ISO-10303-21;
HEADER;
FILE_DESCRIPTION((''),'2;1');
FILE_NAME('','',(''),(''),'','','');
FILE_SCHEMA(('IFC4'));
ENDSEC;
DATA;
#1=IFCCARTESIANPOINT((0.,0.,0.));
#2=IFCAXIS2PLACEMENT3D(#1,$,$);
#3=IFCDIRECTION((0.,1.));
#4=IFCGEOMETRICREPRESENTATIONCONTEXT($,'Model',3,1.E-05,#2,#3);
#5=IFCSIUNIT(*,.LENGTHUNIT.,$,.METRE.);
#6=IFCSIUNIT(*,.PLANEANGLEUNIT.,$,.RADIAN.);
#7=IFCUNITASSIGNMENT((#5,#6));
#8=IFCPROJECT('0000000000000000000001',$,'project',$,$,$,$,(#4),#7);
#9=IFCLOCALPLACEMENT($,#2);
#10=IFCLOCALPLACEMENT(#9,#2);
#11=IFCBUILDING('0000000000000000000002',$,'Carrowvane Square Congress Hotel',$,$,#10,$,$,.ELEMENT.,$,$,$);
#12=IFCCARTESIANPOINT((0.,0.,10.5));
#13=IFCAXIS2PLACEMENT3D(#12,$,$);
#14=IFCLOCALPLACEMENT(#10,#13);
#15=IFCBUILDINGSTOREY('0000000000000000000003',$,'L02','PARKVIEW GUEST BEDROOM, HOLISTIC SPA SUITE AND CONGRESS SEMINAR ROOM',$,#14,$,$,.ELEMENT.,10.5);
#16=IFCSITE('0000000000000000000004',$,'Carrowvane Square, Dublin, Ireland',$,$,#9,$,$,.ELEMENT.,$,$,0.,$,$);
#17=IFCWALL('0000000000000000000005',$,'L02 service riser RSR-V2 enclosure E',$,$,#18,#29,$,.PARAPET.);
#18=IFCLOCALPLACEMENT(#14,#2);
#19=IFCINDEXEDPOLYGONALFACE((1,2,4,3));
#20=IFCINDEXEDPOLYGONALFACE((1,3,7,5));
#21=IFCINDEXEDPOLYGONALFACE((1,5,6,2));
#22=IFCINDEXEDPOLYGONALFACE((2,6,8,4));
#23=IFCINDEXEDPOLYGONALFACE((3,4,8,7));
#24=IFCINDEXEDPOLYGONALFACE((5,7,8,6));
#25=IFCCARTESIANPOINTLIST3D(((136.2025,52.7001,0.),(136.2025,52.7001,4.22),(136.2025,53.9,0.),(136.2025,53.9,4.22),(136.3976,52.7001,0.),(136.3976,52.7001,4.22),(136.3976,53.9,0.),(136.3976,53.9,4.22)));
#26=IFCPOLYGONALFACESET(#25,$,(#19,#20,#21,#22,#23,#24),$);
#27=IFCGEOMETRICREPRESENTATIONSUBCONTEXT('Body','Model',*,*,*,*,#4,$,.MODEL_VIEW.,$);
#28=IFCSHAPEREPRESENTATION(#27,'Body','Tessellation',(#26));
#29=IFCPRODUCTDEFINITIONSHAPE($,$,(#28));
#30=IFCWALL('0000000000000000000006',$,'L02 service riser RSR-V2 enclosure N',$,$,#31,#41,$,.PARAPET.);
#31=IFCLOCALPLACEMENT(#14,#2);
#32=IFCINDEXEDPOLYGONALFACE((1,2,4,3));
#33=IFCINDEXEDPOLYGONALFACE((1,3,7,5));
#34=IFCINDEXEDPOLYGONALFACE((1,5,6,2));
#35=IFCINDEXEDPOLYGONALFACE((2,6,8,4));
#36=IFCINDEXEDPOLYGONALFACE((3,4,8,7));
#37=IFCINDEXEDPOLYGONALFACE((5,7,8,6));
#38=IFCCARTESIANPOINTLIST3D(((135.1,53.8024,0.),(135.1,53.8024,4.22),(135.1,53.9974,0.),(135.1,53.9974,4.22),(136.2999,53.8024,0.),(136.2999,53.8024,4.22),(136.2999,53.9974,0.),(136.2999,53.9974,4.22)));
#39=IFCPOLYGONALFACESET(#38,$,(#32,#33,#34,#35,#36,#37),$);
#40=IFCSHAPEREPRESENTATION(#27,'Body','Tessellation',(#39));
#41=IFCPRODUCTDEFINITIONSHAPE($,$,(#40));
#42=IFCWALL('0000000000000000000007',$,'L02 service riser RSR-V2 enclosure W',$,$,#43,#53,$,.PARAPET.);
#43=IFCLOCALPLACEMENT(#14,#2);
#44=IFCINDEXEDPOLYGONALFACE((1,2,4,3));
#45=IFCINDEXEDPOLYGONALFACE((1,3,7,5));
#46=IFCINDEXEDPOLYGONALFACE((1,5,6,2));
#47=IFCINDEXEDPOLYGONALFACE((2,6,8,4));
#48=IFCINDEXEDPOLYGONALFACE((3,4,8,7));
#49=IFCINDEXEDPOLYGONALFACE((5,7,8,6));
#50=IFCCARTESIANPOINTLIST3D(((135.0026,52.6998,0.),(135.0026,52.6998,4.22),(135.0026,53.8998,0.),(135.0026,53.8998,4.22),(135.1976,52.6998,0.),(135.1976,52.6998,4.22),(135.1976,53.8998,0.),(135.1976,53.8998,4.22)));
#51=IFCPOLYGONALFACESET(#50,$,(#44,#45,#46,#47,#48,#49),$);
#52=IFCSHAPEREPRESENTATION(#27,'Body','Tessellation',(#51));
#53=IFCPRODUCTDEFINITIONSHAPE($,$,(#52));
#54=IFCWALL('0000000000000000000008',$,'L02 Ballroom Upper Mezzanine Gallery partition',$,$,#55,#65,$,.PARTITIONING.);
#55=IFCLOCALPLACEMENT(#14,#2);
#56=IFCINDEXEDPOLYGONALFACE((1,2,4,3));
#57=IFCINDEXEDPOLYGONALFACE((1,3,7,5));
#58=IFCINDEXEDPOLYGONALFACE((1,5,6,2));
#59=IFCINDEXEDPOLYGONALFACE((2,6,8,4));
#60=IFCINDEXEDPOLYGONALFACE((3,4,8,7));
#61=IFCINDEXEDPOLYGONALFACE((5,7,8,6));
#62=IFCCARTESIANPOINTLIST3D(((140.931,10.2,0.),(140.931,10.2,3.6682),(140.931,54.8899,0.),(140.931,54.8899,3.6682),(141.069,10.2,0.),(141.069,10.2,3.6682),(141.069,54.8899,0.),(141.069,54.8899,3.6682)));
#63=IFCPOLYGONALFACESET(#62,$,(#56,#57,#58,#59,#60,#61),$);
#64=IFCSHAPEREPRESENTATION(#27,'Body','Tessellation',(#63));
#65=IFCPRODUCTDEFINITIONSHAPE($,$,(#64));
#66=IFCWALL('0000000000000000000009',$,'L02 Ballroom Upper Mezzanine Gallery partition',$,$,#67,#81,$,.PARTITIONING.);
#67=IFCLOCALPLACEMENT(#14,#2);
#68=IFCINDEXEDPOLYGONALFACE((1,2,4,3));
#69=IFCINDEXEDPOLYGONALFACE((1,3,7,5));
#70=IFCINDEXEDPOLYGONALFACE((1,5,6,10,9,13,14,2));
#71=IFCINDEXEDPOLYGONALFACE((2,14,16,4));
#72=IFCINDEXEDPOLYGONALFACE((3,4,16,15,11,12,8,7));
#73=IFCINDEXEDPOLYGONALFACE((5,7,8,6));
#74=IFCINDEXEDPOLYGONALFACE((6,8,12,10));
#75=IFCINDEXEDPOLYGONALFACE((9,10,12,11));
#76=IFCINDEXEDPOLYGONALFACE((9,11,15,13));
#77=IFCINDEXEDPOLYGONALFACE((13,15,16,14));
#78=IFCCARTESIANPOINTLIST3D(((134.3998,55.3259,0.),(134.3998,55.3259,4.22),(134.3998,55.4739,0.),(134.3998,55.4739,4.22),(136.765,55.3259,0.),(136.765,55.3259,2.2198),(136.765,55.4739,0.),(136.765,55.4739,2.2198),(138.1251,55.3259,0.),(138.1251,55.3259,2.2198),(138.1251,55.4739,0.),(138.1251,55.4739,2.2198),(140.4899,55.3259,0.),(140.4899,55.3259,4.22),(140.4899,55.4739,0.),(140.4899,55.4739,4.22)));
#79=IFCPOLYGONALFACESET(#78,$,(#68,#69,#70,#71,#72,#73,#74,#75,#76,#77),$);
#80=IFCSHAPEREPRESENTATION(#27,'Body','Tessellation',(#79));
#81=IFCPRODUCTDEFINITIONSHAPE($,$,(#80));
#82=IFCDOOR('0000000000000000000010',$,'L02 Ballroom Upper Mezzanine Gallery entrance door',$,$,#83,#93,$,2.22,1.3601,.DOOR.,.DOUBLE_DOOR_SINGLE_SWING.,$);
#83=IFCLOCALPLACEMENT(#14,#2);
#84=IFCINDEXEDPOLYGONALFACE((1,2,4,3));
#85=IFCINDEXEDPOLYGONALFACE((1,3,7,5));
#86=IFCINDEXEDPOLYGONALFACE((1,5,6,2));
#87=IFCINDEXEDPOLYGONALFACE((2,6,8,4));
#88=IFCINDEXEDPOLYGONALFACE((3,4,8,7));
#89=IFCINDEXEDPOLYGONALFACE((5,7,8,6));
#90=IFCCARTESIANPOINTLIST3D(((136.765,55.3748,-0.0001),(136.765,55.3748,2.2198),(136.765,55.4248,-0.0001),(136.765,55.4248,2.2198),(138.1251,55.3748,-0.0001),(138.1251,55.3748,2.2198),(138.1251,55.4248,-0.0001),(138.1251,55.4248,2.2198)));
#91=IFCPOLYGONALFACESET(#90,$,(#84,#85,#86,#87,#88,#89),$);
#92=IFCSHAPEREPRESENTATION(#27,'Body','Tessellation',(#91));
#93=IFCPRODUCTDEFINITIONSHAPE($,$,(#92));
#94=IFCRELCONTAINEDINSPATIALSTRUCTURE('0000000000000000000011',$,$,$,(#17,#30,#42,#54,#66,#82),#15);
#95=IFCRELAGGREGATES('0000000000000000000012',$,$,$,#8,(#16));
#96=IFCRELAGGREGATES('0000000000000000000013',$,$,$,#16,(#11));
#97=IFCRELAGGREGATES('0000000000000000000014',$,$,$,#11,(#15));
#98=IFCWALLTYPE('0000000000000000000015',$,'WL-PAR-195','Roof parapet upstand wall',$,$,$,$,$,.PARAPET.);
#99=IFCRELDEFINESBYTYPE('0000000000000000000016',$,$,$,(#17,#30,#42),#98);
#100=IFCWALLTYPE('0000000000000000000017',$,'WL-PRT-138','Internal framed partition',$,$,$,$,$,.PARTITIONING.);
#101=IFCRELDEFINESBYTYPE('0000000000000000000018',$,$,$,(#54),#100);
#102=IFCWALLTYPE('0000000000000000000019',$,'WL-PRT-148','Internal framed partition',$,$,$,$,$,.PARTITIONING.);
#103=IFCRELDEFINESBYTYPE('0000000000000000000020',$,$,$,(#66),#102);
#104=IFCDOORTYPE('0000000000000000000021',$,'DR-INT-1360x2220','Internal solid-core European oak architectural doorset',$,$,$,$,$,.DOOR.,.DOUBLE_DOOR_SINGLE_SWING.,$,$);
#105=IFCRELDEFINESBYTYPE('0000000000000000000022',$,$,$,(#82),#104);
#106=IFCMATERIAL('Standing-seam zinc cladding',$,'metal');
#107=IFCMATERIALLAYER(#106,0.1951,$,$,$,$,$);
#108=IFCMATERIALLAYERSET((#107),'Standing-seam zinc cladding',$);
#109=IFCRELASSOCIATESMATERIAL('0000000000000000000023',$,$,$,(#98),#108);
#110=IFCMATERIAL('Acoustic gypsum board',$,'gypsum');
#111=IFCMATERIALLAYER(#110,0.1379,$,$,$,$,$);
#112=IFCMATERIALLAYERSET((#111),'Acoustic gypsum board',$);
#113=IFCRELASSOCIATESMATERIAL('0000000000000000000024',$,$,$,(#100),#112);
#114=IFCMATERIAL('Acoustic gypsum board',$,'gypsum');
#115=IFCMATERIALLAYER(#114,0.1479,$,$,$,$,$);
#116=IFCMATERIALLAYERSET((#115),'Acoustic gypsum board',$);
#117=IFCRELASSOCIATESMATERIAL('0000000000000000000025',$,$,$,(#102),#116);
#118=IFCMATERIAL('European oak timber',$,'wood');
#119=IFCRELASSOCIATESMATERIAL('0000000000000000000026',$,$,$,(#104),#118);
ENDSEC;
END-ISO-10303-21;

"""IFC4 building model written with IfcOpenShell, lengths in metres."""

from ifc_helpers import new_model, si_unit, direction, frame, frame_2d, origin, place, context, subcontext, project, spatial, rectangle, extrude, material, layer, layer_set, type_object, element, fill, save


model = new_model("IFC4")

# Units and contexts
model_context = context("Model", 3, precision=1e-05, world=origin(), true_north=direction((0.0, 1.0)))
body_context = subcontext(model_context, "Body", "Model", "MODEL_VIEW")
ifc_project = project(units=[si_unit("LENGTHUNIT", "METRE"), si_unit("PLANEANGLEUNIT", "RADIAN")], contexts=[model_context])

# Site, building, storey
site_placement = place(None, origin())
site = spatial("IfcSite", under=ifc_project, at=site_placement, Name="Carrowvane Square, Dublin, Ireland", CompositionType="ELEMENT", RefElevation=0.0)
building_placement = place(site_placement, origin())
building = spatial("IfcBuilding", under=site, at=building_placement, Name="Carrowvane Square Congress Hotel", CompositionType="ELEMENT")
storey_placement = place(building_placement, frame((0.0, 0.0, 10.5)))
storey = spatial("IfcBuildingStorey", under=building, at=storey_placement, Name="L02", Description="PARKVIEW GUEST BEDROOM, HOLISTIC SPA SUITE AND CONGRESS SEMINAR ROOM", CompositionType="ELEMENT", Elevation=10.5)

# Walls
ifc_material_1 = material(Name="Standing-seam zinc cladding", Category="metal")
ifc_layer_1 = layer(ifc_material_1, 0.1951)
ifc_layer_set_1 = layer_set([ifc_layer_1], Name="Standing-seam zinc cladding")
wall_type_1 = type_object("IfcWallType", Name="WL-PAR-195", Description="Roof parapet upstand wall", PredefinedType="PARAPET", material=ifc_layer_set_1)
for number, where, z_axis, x_axis, name in (
    (1, (136.3, 52.7, 0.0), (0.0, 0.0, 1.0), (0.0, 1.0, 0.0), "L02 service riser RSR-V2 enclosure E"),
    (2, (136.3, 53.8999, 0.0), (0.0, 0.0, 1.0), (-1.0, 0.0, 0.0), "L02 service riser RSR-V2 enclosure N"),
    (3, (135.1001, 53.8999, 0.0), (0.0, 0.0, 1.0), (0.0, -1.0, 0.0), "L02 service riser RSR-V2 enclosure W"),
):
    element("IfcWall", number, at=place(storey_placement, frame(where, z_axis=z_axis, x_axis=x_axis)), inside=storey, type_object=wall_type_1, Name=name, PredefinedType="PARAPET", context=body_context, shape_type="SweptSolid", body=[
        extrude(rectangle(XDim=1.2, YDim=0.1951, at=frame_2d((0.6001, 0.0))), origin(), (0.0, 0.0, 1.0), 4.22),
    ])
ifc_material_2 = material(Name="Acoustic gypsum board", Category="gypsum")
ifc_layer_2 = layer(ifc_material_2, 0.1379)
ifc_layer_set_2 = layer_set([ifc_layer_2], Name="Acoustic gypsum board")
wall_type_2 = type_object("IfcWallType", Name="WL-PRT-138", Description="Internal framed partition", PredefinedType="PARTITIONING", material=ifc_layer_set_2)
wall_1_placement = place(storey_placement, frame((141.0, 54.8899, 0.0), z_axis=(0.0, 0.0, 1.0), x_axis=(0.0, -1.0, 0.0)))
element("IfcWall", 4, at=wall_1_placement, inside=storey, type_object=wall_type_2, Name="L02 Ballroom Upper Mezzanine Gallery partition", PredefinedType="PARTITIONING", context=body_context, shape_type="SweptSolid", body=[
    extrude(rectangle(XDim=44.6899, YDim=0.1379, at=frame_2d((22.345, 0.0))), origin(), (0.0, 0.0, 1.0), 3.6682),
])

# Wall, opening, door
ifc_material_3 = material(Name="Acoustic gypsum board", Category="gypsum")
ifc_layer_3 = layer(ifc_material_3, 0.1479)
ifc_layer_set_3 = layer_set([ifc_layer_3], Name="Acoustic gypsum board")
wall_type_3 = type_object("IfcWallType", Name="WL-PRT-148", Description="Internal framed partition", PredefinedType="PARTITIONING", material=ifc_layer_set_3)
wall_2_placement = place(storey_placement, frame((134.3999, 55.3999, 0.0), z_axis=(0.0, 0.0, 1.0), x_axis=(1.0, 0.0, 0.0)))
wall_2 = element("IfcWall", 5, at=wall_2_placement, inside=storey, type_object=wall_type_3, Name="L02 Ballroom Upper Mezzanine Gallery partition", PredefinedType="PARTITIONING", context=body_context, shape_type="SweptSolid", body=[
    extrude(rectangle(XDim=6.0901, YDim=0.1479, at=frame_2d((3.0449, 0.0))), origin(), (0.0, 0.0, 1.0), 4.22),
])
opening_placement = place(wall_2_placement, frame((2.365, 0.0, 0.0)))
opening = element("IfcOpeningElement", 6, at=opening_placement, cuts=wall_2, PredefinedType="OPENING", context=body_context, shape_type="SweptSolid", body=[
    extrude(rectangle(XDim=1.3601, YDim=2.22, at=frame_2d((0.6802, 1.1099))), frame((0.0, 0.084, 0.0), z_axis=(0.0, -1.0, 0.0), x_axis=(1.0, 0.0, 0.0)), (0.0, 0.0, 1.0), 0.168),
])
ifc_material_4 = material(Name="European oak timber", Category="wood")
door_type = type_object("IfcDoorType", Name="DR-INT-1360x2220", Description="Internal solid-core European oak architectural doorset", OperationType="DOUBLE_DOOR_SINGLE_SWING", PredefinedType="DOOR", material=ifc_material_4)
door_placement = place(opening_placement, origin())
door = element("IfcDoor", 7, at=door_placement, inside=storey, type_object=door_type, Name="L02 Ballroom Upper Mezzanine Gallery entrance door", OperationType="DOUBLE_DOOR_SINGLE_SWING", OverallHeight=2.22, OverallWidth=1.3601, PredefinedType="DOOR", context=body_context, shape_type="SweptSolid", body=[
    extrude(rectangle(XDim=1.3601, YDim=2.22, at=frame_2d((0.6802, 1.1099))), frame((0.0, 0.0249, 0.0), z_axis=(0.0, -1.0, 0.0), x_axis=(1.0, 0.0, 0.0)), (0.0, 0.0, 1.0), 0.05),
])
fill(opening, door)

save(model, "model.ifc")
